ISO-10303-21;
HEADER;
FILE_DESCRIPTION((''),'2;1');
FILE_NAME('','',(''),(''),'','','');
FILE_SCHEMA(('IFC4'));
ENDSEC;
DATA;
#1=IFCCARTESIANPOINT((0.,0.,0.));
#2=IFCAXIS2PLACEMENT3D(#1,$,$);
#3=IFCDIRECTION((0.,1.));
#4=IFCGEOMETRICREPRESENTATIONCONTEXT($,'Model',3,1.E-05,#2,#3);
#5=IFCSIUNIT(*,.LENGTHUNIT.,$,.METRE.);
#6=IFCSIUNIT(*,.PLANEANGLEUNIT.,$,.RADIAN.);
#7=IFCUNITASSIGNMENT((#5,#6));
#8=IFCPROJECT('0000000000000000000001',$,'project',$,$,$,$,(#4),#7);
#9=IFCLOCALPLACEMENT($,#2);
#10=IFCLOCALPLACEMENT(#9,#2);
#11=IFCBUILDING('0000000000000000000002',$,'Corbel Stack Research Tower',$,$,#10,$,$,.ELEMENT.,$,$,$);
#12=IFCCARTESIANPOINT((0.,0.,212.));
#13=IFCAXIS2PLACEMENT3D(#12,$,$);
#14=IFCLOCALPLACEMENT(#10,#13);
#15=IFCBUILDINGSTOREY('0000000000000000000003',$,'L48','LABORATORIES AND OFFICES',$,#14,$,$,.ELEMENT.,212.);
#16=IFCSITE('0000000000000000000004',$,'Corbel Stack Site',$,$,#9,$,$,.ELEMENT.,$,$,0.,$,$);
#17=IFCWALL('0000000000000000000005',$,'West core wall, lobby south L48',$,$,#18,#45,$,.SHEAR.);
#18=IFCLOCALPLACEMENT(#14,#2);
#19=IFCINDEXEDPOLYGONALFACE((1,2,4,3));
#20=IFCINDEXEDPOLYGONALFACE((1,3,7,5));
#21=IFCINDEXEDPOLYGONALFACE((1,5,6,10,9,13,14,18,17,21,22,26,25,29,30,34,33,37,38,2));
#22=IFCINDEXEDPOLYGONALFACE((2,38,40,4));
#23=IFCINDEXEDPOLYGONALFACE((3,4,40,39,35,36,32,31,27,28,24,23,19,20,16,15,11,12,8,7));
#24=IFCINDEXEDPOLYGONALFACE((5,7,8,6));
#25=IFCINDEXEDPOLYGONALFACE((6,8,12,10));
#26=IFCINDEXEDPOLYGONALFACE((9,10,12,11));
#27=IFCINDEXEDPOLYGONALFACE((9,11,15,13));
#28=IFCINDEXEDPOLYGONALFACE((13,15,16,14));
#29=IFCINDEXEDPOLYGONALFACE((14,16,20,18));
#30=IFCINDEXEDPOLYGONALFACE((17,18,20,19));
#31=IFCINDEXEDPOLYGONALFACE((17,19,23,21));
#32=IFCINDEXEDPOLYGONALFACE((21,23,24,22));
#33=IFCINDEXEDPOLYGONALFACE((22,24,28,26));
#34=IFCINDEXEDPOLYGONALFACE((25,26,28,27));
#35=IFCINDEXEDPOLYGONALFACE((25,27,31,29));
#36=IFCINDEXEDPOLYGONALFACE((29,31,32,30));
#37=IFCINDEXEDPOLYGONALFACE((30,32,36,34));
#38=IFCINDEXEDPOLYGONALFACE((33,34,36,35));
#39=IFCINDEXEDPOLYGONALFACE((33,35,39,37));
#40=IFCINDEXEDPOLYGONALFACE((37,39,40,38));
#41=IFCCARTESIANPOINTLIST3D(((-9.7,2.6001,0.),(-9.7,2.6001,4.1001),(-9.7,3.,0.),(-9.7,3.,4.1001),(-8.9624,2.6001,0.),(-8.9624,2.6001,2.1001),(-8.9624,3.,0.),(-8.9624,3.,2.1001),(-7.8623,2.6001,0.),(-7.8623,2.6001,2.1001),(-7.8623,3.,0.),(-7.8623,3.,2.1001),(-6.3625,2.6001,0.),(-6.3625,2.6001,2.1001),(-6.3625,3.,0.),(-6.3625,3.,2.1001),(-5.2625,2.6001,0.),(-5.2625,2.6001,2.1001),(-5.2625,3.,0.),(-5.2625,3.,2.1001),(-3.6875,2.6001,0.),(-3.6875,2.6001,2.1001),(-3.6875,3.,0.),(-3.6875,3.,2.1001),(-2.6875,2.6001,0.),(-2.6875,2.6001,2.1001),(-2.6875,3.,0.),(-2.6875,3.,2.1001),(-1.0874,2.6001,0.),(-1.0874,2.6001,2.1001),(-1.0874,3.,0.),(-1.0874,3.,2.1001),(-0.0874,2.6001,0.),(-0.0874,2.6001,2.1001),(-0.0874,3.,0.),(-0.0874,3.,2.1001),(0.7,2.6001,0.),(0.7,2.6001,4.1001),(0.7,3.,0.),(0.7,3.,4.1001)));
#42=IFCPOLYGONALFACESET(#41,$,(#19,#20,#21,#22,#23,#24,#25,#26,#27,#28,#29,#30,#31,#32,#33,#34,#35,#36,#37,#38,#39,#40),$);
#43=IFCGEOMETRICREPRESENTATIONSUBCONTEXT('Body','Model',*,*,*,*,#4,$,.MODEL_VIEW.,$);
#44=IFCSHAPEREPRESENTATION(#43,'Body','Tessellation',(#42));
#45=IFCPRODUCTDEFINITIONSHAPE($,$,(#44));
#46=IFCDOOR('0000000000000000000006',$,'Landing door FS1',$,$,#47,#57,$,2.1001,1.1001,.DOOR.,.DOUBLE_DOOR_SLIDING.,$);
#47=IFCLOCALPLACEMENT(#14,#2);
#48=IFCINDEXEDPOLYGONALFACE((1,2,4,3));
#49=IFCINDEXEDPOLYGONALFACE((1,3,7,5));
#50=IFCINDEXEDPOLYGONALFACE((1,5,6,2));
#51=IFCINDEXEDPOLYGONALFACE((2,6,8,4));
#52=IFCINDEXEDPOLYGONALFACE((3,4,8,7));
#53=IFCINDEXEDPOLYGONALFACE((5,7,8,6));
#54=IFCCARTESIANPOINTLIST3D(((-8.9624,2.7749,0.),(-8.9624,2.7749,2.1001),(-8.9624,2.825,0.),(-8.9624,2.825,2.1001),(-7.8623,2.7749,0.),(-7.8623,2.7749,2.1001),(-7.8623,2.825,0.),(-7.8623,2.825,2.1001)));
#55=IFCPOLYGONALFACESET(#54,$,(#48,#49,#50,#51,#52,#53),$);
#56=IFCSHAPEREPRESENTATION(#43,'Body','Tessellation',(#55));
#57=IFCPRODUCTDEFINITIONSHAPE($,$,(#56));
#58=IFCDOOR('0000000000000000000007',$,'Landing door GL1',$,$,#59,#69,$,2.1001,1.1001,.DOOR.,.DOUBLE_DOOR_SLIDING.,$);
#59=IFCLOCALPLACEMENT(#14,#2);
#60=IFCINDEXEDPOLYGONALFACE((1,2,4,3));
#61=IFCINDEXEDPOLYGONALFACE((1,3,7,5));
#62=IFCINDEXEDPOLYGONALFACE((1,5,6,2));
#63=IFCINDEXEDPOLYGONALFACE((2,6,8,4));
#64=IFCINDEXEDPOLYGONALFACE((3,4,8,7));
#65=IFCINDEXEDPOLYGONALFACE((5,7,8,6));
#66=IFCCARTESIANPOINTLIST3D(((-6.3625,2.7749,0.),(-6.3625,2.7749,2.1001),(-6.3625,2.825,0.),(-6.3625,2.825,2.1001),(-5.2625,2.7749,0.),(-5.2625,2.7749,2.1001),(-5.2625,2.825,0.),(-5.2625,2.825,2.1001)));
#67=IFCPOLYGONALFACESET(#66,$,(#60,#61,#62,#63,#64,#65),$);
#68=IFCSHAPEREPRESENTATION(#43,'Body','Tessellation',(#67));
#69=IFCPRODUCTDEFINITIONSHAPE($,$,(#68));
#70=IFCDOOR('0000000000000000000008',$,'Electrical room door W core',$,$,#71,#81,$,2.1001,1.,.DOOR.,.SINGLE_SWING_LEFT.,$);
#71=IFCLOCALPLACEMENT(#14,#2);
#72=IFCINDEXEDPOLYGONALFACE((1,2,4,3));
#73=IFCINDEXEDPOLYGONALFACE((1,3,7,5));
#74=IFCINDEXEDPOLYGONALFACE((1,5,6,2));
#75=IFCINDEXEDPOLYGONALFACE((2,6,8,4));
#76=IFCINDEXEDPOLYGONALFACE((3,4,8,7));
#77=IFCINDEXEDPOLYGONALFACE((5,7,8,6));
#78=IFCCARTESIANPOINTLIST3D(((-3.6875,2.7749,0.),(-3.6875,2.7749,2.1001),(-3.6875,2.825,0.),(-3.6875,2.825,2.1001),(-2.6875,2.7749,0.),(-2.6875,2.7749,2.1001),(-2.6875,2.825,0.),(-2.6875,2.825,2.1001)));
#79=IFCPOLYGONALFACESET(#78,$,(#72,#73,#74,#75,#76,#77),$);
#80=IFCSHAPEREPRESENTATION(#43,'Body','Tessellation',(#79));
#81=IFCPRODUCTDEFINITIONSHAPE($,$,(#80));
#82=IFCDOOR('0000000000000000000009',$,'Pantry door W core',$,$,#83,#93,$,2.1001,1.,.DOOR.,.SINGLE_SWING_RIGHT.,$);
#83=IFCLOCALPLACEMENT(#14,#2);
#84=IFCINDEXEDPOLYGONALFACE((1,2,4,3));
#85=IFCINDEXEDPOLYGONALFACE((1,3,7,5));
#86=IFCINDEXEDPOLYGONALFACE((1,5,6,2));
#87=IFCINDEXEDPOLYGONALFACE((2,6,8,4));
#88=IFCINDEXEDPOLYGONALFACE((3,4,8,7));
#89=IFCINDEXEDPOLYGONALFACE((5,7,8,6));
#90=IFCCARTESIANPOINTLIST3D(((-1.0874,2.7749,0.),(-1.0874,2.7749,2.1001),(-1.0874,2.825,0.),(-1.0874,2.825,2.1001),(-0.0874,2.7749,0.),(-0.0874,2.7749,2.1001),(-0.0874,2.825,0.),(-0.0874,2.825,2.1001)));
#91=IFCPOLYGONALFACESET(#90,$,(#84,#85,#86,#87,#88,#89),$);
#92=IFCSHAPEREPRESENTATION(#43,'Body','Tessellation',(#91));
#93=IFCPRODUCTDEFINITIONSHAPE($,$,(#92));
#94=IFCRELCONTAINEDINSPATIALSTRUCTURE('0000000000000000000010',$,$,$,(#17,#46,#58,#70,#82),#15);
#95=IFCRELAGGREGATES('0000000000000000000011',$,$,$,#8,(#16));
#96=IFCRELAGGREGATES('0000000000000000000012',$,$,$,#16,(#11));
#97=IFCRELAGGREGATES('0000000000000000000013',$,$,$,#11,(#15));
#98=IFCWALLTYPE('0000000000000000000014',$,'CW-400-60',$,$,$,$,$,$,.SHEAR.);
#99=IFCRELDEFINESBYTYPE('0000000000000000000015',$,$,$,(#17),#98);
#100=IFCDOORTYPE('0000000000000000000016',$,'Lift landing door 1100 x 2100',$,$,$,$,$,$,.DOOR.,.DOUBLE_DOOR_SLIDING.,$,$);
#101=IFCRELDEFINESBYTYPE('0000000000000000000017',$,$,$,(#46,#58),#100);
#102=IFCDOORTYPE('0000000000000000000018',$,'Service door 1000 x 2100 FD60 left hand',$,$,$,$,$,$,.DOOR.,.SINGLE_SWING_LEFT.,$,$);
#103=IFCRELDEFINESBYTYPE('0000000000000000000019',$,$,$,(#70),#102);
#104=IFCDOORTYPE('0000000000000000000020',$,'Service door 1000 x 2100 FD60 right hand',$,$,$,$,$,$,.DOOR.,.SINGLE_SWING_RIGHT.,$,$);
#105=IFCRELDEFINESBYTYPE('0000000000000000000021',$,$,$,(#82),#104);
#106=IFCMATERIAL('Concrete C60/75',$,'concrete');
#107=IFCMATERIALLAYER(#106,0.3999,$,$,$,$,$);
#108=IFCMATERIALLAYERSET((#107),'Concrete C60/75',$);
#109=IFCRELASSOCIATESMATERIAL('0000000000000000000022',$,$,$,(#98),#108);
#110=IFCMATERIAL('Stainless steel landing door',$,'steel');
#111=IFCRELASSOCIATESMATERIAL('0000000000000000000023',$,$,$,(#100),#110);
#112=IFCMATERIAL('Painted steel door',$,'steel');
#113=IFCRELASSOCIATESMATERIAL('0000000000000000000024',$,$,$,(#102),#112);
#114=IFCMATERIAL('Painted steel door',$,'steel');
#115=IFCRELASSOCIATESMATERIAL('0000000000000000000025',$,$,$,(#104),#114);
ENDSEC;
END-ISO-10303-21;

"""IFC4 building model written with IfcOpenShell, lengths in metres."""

from ifc_helpers import new_model, si_unit, direction, frame, frame_2d, origin, place, context, subcontext, project, spatial, rectangle, extrude, material, layer, layer_set, type_object, element, fill, save


model = new_model("IFC4")

# Units and contexts
model_context = context("Model", 3, precision=1e-05, world=origin(), true_north=direction((0.0, 1.0)))
body_context = subcontext(model_context, "Body", "Model", "MODEL_VIEW")
ifc_project = project(units=[si_unit("LENGTHUNIT", "METRE"), si_unit("PLANEANGLEUNIT", "RADIAN")], contexts=[model_context])

# Site, building, storey
site_placement = place(None, origin())
site = spatial("IfcSite", under=ifc_project, at=site_placement, Name="Corbel Stack Site", CompositionType="ELEMENT", RefElevation=0.0)
building_placement = place(site_placement, origin())
building = spatial("IfcBuilding", under=site, at=building_placement, Name="Corbel Stack Research Tower", CompositionType="ELEMENT")
storey_placement = place(building_placement, frame((0.0, 0.0, 212.0)))
storey = spatial("IfcBuildingStorey", under=building, at=storey_placement, Name="L48", Description="LABORATORIES AND OFFICES", CompositionType="ELEMENT", Elevation=212.0)

# Wall, openings, doors
ifc_material_1 = material(Name="Concrete C60/75", Category="concrete")
ifc_layer_1 = layer(ifc_material_1, 0.3999)
ifc_layer_set_1 = layer_set([ifc_layer_1], Name="Concrete C60/75")
wall_type_1 = type_object("IfcWallType", Name="CW-400-60", PredefinedType="SHEAR", material=ifc_layer_set_1)
wall_1_placement = place(storey_placement, frame((-9.7, 2.8, 0.0), z_axis=(0.0, 0.0, 1.0), x_axis=(1.0, 0.0, 0.0)))
wall_1 = element("IfcWall", 1, at=wall_1_placement, inside=storey, type_object=wall_type_1, Name="West core wall, lobby south L48", PredefinedType="SHEAR", context=body_context, shape_type="SweptSolid", body=[
    extrude(rectangle(XDim=10.3999, YDim=0.3999, at=frame_2d((5.2, 0.0))), origin(), (0.0, 0.0, 1.0), 4.1001),
])
opening_1_placement = place(wall_1_placement, frame((0.7375, 0.0, 0.0)))
opening_1 = element("IfcOpeningElement", 2, at=opening_1_placement, cuts=wall_1, PredefinedType="OPENING", context=body_context, shape_type="SweptSolid", body=[
    extrude(rectangle(XDim=1.1001, YDim=2.1001, at=frame_2d((0.55, 1.05))), frame((0.0, 0.21, 0.0), z_axis=(0.0, -1.0, 0.0), x_axis=(1.0, 0.0, 0.0)), (0.0, 0.0, 1.0), 0.4199),
])
opening_2_placement = place(wall_1_placement, frame((3.3374, 0.0, 0.0)))
opening_2 = element("IfcOpeningElement", 3, at=opening_2_placement, cuts=wall_1, PredefinedType="OPENING", context=body_context, shape_type="SweptSolid", body=[
    extrude(rectangle(XDim=1.1001, YDim=2.1001, at=frame_2d((0.55, 1.05))), frame((0.0, 0.21, 0.0), z_axis=(0.0, -1.0, 0.0), x_axis=(1.0, 0.0, 0.0)), (0.0, 0.0, 1.0), 0.4199),
])
opening_3_placement = place(wall_1_placement, frame((6.0125, 0.0, 0.0)))
opening_3 = element("IfcOpeningElement", 4, at=opening_3_placement, cuts=wall_1, PredefinedType="OPENING", context=body_context, shape_type="SweptSolid", body=[
    extrude(rectangle(XDim=1.0, YDim=2.1001, at=frame_2d((0.5, 1.05))), frame((0.0, 0.21, 0.0), z_axis=(0.0, -1.0, 0.0), x_axis=(1.0, 0.0, 0.0)), (0.0, 0.0, 1.0), 0.4199),
])
opening_4_placement = place(wall_1_placement, frame((8.6125, 0.0, 0.0)))
opening_4 = element("IfcOpeningElement", 5, at=opening_4_placement, cuts=wall_1, PredefinedType="OPENING", context=body_context, shape_type="SweptSolid", body=[
    extrude(rectangle(XDim=1.0, YDim=2.1001, at=frame_2d((0.5, 1.05))), frame((0.0, 0.21, 0.0), z_axis=(0.0, -1.0, 0.0), x_axis=(1.0, 0.0, 0.0)), (0.0, 0.0, 1.0), 0.4199),
])
ifc_material_2 = material(Name="Stainless steel landing door", Category="steel")
door_type_1 = type_object("IfcDoorType", Name="Lift landing door 1100 x 2100", OperationType="DOUBLE_DOOR_SLIDING", PredefinedType="DOOR", material=ifc_material_2)
door_1_placement = place(opening_1_placement, origin())
door_1 = element("IfcDoor", 6, at=door_1_placement, inside=storey, type_object=door_type_1, Name="Landing door FS1", OperationType="DOUBLE_DOOR_SLIDING", OverallHeight=2.1001, OverallWidth=1.1001, PredefinedType="DOOR", context=body_context, shape_type="SweptSolid", body=[
    extrude(rectangle(XDim=1.1001, YDim=2.1001, at=frame_2d((0.55, 1.05))), frame((0.0, 0.0249, 0.0), z_axis=(0.0, -1.0, 0.0), x_axis=(1.0, 0.0, 0.0)), (0.0, 0.0, 1.0), 0.05),
])
fill(opening_1, door_1)
door_2_placement = place(opening_2_placement, origin())
door_2 = element("IfcDoor", 7, at=door_2_placement, inside=storey, type_object=door_type_1, Name="Landing door GL1", OperationType="DOUBLE_DOOR_SLIDING", OverallHeight=2.1001, OverallWidth=1.1001, PredefinedType="DOOR", context=body_context, shape_type="SweptSolid", body=[
    extrude(rectangle(XDim=1.1001, YDim=2.1001, at=frame_2d((0.55, 1.05))), frame((0.0, 0.0249, 0.0), z_axis=(0.0, -1.0, 0.0), x_axis=(1.0, 0.0, 0.0)), (0.0, 0.0, 1.0), 0.05),
])
fill(opening_2, door_2)
ifc_material_3 = material(Name="Painted steel door", Category="steel")
door_type_2 = type_object("IfcDoorType", Name="Service door 1000 x 2100 FD60 left hand", OperationType="SINGLE_SWING_LEFT", PredefinedType="DOOR", material=ifc_material_3)
door_3_placement = place(opening_3_placement, origin())
door_3 = element("IfcDoor", 8, at=door_3_placement, inside=storey, type_object=door_type_2, Name="Electrical room door W core", OperationType="SINGLE_SWING_LEFT", OverallHeight=2.1001, OverallWidth=1.0, PredefinedType="DOOR", context=body_context, shape_type="SweptSolid", body=[
    extrude(rectangle(XDim=1.0, YDim=2.1001, at=frame_2d((0.5, 1.05))), frame((0.0, 0.0249, 0.0), z_axis=(0.0, -1.0, 0.0), x_axis=(1.0, 0.0, 0.0)), (0.0, 0.0, 1.0), 0.05),
])
fill(opening_3, door_3)
ifc_material_4 = material(Name="Painted steel door", Category="steel")
door_type_3 = type_object("IfcDoorType", Name="Service door 1000 x 2100 FD60 right hand", OperationType="SINGLE_SWING_RIGHT", PredefinedType="DOOR", material=ifc_material_4)
door_4_placement = place(opening_4_placement, origin())
door_4 = element("IfcDoor", 9, at=door_4_placement, inside=storey, type_object=door_type_3, Name="Pantry door W core", OperationType="SINGLE_SWING_RIGHT", OverallHeight=2.1001, OverallWidth=1.0, PredefinedType="DOOR", context=body_context, shape_type="SweptSolid", body=[
    extrude(rectangle(XDim=1.0, YDim=2.1001, at=frame_2d((0.5, 1.05))), frame((0.0, 0.0249, 0.0), z_axis=(0.0, -1.0, 0.0), x_axis=(1.0, 0.0, 0.0)), (0.0, 0.0, 1.0), 0.05),
])
fill(opening_4, door_4)

save(model, "model.ifc")
